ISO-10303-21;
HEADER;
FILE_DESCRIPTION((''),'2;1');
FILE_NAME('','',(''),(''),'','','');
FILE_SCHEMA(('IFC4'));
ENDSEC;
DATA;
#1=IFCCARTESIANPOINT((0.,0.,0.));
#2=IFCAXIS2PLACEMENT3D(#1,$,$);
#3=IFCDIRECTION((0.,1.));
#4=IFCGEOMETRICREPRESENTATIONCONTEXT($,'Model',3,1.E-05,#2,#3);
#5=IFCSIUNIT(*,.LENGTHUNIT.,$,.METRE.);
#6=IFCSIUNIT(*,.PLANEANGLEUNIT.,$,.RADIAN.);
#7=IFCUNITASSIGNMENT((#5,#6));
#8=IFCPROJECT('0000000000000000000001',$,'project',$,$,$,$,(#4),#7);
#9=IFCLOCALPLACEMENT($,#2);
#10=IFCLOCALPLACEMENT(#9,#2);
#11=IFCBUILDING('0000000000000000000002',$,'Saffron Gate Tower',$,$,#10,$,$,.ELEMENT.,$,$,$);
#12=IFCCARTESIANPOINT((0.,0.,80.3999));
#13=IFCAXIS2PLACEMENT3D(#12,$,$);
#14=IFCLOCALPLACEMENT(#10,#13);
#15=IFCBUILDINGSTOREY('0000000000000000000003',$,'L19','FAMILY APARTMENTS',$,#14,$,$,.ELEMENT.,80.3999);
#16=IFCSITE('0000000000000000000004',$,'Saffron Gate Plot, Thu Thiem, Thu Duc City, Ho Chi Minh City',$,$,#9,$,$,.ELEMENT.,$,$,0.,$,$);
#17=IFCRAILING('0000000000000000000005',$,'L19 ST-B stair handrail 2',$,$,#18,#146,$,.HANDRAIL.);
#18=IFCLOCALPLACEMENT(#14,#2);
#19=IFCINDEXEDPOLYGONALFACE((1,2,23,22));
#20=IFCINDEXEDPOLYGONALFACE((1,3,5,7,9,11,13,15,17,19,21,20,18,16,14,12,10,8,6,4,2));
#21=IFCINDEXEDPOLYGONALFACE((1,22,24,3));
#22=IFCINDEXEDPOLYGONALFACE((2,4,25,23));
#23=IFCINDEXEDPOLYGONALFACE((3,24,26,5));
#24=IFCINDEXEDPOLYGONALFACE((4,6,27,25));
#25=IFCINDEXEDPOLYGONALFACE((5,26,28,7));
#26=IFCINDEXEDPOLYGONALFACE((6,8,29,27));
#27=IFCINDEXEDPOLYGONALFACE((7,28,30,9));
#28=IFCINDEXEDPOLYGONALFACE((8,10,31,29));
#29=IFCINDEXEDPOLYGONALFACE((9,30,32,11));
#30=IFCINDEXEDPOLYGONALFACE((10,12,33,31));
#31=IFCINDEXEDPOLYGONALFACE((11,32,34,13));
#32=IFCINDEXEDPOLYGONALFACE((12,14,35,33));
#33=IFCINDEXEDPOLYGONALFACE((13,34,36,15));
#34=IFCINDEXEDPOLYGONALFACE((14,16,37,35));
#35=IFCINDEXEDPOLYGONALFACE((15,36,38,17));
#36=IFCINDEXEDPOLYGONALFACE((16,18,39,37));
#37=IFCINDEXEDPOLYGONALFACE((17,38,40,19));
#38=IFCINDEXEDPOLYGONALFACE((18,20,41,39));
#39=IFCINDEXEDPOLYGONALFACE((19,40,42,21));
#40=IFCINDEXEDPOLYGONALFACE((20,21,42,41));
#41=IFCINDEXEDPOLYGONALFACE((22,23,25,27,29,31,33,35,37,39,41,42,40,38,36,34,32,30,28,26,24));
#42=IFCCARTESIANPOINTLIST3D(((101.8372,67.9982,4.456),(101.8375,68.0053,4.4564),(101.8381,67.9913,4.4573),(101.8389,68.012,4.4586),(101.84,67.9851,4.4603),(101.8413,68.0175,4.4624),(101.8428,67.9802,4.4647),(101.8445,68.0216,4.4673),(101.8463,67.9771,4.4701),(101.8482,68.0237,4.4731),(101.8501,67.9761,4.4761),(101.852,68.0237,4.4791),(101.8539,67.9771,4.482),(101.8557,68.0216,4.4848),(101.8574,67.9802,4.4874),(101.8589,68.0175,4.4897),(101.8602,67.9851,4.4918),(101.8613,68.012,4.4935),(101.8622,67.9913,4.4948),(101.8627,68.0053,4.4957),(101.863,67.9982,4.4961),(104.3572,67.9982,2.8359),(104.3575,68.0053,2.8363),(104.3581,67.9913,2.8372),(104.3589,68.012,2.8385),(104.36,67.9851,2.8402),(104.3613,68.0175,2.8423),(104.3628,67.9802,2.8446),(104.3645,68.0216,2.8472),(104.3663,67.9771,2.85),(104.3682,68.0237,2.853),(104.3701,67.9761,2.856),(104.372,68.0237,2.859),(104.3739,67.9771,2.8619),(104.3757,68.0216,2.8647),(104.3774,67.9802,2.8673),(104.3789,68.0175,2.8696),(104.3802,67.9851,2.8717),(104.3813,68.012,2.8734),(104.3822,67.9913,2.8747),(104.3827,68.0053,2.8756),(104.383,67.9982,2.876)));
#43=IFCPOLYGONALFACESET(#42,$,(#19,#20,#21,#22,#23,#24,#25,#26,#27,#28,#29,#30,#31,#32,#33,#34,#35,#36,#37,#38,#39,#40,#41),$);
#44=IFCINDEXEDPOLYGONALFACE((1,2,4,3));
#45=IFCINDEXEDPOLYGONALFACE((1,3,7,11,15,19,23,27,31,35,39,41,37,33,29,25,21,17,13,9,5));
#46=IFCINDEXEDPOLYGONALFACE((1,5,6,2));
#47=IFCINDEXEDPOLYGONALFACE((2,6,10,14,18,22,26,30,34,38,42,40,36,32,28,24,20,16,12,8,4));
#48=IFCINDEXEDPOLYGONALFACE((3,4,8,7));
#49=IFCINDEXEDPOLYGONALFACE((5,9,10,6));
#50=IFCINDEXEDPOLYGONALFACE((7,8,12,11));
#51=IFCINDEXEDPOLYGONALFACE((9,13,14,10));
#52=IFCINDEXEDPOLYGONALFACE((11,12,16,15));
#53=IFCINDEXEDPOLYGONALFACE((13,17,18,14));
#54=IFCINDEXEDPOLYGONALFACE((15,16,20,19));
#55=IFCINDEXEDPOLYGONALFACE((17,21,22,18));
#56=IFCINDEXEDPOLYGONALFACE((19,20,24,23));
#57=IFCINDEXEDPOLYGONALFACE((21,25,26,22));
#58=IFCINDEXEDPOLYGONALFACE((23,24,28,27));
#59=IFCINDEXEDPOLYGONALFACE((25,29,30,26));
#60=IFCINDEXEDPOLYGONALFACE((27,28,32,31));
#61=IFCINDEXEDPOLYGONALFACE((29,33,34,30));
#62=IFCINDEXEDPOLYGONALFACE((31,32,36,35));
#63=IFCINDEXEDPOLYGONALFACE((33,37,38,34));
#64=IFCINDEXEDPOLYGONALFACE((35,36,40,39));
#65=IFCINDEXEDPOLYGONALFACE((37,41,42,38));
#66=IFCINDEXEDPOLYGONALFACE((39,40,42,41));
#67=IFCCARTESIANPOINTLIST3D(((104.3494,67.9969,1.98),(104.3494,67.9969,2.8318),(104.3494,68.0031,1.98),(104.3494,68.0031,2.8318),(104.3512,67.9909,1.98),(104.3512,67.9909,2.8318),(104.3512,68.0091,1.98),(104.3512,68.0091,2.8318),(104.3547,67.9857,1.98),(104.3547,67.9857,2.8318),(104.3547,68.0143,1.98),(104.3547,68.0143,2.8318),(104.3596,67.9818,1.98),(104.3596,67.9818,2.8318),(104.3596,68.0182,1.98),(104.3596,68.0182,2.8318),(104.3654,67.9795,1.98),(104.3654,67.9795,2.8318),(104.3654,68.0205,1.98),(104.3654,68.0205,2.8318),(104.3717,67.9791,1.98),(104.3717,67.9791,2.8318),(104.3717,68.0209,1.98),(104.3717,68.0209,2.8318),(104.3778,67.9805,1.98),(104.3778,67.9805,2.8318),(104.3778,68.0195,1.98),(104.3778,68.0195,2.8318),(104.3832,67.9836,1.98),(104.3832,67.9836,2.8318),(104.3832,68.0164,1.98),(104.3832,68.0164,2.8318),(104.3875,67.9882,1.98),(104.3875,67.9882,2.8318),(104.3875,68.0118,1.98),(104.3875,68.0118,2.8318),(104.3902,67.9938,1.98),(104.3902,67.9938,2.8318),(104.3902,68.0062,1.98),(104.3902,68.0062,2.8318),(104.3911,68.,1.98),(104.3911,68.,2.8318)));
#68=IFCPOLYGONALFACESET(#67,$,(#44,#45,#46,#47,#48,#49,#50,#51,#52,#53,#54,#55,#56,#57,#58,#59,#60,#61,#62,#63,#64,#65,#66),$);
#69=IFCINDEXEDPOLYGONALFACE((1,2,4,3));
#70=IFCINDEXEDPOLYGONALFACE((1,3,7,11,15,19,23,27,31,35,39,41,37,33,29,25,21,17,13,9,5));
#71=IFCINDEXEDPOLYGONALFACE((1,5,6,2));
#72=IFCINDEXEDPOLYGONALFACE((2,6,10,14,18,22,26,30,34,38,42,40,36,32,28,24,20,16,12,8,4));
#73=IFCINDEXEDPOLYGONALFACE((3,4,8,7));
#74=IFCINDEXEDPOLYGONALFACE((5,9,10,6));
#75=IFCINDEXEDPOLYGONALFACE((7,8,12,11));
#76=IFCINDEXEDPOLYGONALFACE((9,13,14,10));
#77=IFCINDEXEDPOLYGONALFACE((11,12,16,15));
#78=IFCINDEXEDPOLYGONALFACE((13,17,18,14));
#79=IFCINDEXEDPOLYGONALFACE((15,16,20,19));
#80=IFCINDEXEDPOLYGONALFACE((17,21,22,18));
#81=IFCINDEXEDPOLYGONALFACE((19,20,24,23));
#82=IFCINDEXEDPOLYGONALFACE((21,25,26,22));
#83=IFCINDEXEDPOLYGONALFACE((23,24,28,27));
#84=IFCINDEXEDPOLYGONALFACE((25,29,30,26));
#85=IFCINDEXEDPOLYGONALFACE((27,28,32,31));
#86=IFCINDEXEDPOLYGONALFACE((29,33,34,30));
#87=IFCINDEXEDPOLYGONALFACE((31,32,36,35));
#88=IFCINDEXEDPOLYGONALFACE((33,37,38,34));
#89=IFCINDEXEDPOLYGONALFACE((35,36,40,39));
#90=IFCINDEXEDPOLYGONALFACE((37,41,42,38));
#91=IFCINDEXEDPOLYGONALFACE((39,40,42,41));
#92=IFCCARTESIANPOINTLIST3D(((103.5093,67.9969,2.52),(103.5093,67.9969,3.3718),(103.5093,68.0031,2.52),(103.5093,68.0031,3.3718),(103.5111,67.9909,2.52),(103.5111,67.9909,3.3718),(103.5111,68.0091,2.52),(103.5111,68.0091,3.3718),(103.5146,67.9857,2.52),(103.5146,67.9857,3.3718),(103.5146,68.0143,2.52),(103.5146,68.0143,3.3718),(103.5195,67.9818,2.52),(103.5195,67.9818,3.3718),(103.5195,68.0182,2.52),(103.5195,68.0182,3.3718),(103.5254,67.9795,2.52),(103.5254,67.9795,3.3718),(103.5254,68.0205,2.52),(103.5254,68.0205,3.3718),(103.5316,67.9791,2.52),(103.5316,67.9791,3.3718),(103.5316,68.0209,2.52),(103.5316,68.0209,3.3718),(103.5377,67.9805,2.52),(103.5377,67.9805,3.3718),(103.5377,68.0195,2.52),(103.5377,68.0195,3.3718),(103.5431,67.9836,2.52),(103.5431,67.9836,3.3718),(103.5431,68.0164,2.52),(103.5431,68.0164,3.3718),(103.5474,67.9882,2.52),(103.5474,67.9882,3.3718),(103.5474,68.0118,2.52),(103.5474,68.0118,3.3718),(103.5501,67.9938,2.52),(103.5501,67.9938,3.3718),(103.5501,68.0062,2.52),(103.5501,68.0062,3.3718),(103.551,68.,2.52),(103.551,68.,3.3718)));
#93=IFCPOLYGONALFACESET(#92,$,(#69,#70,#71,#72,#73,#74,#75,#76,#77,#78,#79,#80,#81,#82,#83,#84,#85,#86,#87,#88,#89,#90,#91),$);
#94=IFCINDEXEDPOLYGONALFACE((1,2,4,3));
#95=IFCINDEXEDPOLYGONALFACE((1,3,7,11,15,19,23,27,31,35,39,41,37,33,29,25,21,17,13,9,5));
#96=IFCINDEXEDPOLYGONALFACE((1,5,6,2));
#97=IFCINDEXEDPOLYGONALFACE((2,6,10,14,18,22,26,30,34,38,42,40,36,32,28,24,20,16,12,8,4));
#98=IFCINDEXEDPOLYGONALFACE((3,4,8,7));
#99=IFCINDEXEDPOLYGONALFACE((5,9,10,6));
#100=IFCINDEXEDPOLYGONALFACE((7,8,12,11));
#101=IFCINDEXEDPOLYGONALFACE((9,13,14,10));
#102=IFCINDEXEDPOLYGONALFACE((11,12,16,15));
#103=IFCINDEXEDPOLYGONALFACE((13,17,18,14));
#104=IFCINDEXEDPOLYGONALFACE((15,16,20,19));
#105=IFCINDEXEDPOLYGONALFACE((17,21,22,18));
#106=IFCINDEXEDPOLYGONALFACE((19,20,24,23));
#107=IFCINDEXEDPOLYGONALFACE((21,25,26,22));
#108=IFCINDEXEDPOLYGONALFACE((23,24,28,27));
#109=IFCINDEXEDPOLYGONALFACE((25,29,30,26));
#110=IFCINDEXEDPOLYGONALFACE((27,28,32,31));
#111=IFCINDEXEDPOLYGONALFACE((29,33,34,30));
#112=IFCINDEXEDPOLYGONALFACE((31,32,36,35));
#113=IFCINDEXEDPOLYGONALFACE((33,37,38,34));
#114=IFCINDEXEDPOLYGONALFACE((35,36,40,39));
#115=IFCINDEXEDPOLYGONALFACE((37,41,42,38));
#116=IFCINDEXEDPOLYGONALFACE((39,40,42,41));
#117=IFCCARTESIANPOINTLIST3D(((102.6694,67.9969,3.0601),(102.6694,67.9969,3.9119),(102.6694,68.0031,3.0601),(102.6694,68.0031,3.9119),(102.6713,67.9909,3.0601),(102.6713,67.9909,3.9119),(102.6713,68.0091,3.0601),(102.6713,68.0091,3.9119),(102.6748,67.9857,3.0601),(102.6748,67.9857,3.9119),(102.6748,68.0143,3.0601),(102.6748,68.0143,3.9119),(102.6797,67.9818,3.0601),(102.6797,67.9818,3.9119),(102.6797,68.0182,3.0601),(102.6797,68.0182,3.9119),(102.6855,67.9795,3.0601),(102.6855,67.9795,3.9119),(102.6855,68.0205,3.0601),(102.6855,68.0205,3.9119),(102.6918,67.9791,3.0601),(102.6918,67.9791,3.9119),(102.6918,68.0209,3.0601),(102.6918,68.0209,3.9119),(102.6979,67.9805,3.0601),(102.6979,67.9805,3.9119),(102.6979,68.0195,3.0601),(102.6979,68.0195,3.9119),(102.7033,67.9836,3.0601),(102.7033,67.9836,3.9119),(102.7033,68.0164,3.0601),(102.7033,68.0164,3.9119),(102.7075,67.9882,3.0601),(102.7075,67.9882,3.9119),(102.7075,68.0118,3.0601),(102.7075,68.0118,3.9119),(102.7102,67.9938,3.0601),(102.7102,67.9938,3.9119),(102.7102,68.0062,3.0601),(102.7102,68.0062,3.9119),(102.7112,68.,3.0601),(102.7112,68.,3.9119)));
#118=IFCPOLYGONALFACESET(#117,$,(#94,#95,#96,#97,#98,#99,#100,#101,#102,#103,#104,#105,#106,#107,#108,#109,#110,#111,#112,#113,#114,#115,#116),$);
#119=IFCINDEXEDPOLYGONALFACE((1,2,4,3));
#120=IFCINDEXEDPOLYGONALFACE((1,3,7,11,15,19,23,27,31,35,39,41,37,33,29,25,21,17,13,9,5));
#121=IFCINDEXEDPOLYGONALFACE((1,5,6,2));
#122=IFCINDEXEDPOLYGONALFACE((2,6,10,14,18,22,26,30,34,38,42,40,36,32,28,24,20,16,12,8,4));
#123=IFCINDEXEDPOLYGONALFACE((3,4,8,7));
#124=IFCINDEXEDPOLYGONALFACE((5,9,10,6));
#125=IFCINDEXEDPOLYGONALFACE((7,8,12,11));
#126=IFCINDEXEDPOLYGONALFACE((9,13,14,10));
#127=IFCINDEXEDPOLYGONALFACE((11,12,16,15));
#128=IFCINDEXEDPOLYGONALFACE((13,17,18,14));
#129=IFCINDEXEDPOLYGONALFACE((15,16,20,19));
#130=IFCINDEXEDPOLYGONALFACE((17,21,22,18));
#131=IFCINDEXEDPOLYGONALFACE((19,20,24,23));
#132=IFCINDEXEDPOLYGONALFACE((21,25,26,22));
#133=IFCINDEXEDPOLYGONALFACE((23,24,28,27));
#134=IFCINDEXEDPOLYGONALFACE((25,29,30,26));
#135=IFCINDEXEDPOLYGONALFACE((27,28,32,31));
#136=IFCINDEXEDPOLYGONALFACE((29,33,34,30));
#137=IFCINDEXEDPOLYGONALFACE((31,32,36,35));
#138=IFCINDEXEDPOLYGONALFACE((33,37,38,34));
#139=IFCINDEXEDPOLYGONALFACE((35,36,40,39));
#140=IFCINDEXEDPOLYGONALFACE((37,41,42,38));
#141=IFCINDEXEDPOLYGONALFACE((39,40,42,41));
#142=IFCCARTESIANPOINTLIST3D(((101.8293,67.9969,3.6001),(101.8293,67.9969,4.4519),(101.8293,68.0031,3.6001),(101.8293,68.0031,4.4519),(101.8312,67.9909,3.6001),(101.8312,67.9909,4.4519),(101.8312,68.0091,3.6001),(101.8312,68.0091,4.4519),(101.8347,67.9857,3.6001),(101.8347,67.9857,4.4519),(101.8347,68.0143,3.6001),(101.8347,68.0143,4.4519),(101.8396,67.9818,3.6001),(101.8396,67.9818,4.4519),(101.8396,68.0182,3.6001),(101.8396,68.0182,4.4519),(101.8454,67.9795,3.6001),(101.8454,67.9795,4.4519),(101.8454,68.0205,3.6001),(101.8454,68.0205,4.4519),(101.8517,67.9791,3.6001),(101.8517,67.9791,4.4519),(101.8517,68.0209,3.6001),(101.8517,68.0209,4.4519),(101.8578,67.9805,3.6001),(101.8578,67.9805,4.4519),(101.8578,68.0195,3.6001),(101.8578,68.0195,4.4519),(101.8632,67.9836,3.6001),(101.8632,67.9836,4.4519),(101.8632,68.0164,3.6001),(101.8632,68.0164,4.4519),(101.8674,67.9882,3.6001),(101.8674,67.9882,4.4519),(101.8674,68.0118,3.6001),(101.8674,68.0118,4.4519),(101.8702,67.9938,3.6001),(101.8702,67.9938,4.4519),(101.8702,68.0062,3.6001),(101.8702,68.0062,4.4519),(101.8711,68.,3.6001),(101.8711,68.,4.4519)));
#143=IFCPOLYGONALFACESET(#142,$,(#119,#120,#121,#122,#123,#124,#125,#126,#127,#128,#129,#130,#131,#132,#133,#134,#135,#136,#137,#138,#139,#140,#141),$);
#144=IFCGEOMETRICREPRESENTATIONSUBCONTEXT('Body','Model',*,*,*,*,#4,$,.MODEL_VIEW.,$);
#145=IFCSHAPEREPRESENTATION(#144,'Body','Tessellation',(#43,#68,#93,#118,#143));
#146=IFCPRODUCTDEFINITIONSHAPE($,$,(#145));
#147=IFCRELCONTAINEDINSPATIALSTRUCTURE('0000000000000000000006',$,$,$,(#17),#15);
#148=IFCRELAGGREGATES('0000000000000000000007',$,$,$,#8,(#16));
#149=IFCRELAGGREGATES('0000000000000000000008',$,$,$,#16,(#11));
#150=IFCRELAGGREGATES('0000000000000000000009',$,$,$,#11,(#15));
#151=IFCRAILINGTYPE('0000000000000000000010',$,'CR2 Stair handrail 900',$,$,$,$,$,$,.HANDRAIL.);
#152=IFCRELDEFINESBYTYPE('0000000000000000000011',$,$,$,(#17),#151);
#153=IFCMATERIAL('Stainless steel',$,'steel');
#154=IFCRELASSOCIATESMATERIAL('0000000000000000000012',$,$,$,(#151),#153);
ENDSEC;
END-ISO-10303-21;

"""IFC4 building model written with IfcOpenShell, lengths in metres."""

from ifc_helpers import new_model, si_unit, direction, frame, origin, origin_2d, place, context, subcontext, project, spatial, circle, extrude, material, type_object, element, save


model = new_model("IFC4")

# Units and contexts
model_context = context("Model", 3, precision=1e-05, world=origin(), true_north=direction((0.0, 1.0)))
body_context = subcontext(model_context, "Body", "Model", "MODEL_VIEW")
ifc_project = project(units=[si_unit("LENGTHUNIT", "METRE"), si_unit("PLANEANGLEUNIT", "RADIAN")], contexts=[model_context])

# Site, building, storey
site_placement = place(None, origin())
site = spatial("IfcSite", under=ifc_project, at=site_placement, Name="Saffron Gate Plot, Thu Thiem, Thu Duc City, Ho Chi Minh City", CompositionType="ELEMENT", RefElevation=0.0)
building_placement = place(site_placement, origin())
building = spatial("IfcBuilding", under=site, at=building_placement, Name="Saffron Gate Tower", CompositionType="ELEMENT")
storey_placement = place(building_placement, frame((0.0, 0.0, 80.3999)))
storey = spatial("IfcBuildingStorey", under=building, at=storey_placement, Name="L19", Description="FAMILY APARTMENTS", CompositionType="ELEMENT", Elevation=80.3999)

# Railing
ifc_material_1 = material(Name="Stainless steel", Category="steel")
railing_type_1 = type_object("IfcRailingType", Name="CR2 Stair handrail 900", PredefinedType="HANDRAIL", material=ifc_material_1)
railing_1_placement = place(storey_placement, frame((104.3701, 68.0, 1.98)))
element("IfcRailing", 1, at=railing_1_placement, inside=storey, type_object=railing_type_1, Name="L19 ST-B stair handrail 2", PredefinedType="HANDRAIL", context=body_context, shape_type="SweptSolid", body=[
    extrude(circle(Radius=0.0239, at=origin_2d()), frame((0.0, 0.0, 0.876), z_axis=(-0.841163, 0.0, 0.540782), x_axis=(0.0, -1.0, 0.0)), (0.0, 0.0, 1.0), 2.9958),
    extrude(circle(Radius=0.021, at=origin_2d()), origin(), (0.0, 0.0, 1.0), 0.8518),
    extrude(circle(Radius=0.021, at=origin_2d()), frame((-0.8401, 0.0, 0.54)), (0.0, 0.0, 1.0), 0.8518),
    extrude(circle(Radius=0.021, at=origin_2d()), frame((-1.6799, 0.0, 1.0801)), (0.0, 0.0, 1.0), 0.8518),
    extrude(circle(Radius=0.021, at=origin_2d()), frame((-2.52, 0.0, 1.6201)), (0.0, 0.0, 1.0), 0.8518),
])

save(model, "model.ifc")
